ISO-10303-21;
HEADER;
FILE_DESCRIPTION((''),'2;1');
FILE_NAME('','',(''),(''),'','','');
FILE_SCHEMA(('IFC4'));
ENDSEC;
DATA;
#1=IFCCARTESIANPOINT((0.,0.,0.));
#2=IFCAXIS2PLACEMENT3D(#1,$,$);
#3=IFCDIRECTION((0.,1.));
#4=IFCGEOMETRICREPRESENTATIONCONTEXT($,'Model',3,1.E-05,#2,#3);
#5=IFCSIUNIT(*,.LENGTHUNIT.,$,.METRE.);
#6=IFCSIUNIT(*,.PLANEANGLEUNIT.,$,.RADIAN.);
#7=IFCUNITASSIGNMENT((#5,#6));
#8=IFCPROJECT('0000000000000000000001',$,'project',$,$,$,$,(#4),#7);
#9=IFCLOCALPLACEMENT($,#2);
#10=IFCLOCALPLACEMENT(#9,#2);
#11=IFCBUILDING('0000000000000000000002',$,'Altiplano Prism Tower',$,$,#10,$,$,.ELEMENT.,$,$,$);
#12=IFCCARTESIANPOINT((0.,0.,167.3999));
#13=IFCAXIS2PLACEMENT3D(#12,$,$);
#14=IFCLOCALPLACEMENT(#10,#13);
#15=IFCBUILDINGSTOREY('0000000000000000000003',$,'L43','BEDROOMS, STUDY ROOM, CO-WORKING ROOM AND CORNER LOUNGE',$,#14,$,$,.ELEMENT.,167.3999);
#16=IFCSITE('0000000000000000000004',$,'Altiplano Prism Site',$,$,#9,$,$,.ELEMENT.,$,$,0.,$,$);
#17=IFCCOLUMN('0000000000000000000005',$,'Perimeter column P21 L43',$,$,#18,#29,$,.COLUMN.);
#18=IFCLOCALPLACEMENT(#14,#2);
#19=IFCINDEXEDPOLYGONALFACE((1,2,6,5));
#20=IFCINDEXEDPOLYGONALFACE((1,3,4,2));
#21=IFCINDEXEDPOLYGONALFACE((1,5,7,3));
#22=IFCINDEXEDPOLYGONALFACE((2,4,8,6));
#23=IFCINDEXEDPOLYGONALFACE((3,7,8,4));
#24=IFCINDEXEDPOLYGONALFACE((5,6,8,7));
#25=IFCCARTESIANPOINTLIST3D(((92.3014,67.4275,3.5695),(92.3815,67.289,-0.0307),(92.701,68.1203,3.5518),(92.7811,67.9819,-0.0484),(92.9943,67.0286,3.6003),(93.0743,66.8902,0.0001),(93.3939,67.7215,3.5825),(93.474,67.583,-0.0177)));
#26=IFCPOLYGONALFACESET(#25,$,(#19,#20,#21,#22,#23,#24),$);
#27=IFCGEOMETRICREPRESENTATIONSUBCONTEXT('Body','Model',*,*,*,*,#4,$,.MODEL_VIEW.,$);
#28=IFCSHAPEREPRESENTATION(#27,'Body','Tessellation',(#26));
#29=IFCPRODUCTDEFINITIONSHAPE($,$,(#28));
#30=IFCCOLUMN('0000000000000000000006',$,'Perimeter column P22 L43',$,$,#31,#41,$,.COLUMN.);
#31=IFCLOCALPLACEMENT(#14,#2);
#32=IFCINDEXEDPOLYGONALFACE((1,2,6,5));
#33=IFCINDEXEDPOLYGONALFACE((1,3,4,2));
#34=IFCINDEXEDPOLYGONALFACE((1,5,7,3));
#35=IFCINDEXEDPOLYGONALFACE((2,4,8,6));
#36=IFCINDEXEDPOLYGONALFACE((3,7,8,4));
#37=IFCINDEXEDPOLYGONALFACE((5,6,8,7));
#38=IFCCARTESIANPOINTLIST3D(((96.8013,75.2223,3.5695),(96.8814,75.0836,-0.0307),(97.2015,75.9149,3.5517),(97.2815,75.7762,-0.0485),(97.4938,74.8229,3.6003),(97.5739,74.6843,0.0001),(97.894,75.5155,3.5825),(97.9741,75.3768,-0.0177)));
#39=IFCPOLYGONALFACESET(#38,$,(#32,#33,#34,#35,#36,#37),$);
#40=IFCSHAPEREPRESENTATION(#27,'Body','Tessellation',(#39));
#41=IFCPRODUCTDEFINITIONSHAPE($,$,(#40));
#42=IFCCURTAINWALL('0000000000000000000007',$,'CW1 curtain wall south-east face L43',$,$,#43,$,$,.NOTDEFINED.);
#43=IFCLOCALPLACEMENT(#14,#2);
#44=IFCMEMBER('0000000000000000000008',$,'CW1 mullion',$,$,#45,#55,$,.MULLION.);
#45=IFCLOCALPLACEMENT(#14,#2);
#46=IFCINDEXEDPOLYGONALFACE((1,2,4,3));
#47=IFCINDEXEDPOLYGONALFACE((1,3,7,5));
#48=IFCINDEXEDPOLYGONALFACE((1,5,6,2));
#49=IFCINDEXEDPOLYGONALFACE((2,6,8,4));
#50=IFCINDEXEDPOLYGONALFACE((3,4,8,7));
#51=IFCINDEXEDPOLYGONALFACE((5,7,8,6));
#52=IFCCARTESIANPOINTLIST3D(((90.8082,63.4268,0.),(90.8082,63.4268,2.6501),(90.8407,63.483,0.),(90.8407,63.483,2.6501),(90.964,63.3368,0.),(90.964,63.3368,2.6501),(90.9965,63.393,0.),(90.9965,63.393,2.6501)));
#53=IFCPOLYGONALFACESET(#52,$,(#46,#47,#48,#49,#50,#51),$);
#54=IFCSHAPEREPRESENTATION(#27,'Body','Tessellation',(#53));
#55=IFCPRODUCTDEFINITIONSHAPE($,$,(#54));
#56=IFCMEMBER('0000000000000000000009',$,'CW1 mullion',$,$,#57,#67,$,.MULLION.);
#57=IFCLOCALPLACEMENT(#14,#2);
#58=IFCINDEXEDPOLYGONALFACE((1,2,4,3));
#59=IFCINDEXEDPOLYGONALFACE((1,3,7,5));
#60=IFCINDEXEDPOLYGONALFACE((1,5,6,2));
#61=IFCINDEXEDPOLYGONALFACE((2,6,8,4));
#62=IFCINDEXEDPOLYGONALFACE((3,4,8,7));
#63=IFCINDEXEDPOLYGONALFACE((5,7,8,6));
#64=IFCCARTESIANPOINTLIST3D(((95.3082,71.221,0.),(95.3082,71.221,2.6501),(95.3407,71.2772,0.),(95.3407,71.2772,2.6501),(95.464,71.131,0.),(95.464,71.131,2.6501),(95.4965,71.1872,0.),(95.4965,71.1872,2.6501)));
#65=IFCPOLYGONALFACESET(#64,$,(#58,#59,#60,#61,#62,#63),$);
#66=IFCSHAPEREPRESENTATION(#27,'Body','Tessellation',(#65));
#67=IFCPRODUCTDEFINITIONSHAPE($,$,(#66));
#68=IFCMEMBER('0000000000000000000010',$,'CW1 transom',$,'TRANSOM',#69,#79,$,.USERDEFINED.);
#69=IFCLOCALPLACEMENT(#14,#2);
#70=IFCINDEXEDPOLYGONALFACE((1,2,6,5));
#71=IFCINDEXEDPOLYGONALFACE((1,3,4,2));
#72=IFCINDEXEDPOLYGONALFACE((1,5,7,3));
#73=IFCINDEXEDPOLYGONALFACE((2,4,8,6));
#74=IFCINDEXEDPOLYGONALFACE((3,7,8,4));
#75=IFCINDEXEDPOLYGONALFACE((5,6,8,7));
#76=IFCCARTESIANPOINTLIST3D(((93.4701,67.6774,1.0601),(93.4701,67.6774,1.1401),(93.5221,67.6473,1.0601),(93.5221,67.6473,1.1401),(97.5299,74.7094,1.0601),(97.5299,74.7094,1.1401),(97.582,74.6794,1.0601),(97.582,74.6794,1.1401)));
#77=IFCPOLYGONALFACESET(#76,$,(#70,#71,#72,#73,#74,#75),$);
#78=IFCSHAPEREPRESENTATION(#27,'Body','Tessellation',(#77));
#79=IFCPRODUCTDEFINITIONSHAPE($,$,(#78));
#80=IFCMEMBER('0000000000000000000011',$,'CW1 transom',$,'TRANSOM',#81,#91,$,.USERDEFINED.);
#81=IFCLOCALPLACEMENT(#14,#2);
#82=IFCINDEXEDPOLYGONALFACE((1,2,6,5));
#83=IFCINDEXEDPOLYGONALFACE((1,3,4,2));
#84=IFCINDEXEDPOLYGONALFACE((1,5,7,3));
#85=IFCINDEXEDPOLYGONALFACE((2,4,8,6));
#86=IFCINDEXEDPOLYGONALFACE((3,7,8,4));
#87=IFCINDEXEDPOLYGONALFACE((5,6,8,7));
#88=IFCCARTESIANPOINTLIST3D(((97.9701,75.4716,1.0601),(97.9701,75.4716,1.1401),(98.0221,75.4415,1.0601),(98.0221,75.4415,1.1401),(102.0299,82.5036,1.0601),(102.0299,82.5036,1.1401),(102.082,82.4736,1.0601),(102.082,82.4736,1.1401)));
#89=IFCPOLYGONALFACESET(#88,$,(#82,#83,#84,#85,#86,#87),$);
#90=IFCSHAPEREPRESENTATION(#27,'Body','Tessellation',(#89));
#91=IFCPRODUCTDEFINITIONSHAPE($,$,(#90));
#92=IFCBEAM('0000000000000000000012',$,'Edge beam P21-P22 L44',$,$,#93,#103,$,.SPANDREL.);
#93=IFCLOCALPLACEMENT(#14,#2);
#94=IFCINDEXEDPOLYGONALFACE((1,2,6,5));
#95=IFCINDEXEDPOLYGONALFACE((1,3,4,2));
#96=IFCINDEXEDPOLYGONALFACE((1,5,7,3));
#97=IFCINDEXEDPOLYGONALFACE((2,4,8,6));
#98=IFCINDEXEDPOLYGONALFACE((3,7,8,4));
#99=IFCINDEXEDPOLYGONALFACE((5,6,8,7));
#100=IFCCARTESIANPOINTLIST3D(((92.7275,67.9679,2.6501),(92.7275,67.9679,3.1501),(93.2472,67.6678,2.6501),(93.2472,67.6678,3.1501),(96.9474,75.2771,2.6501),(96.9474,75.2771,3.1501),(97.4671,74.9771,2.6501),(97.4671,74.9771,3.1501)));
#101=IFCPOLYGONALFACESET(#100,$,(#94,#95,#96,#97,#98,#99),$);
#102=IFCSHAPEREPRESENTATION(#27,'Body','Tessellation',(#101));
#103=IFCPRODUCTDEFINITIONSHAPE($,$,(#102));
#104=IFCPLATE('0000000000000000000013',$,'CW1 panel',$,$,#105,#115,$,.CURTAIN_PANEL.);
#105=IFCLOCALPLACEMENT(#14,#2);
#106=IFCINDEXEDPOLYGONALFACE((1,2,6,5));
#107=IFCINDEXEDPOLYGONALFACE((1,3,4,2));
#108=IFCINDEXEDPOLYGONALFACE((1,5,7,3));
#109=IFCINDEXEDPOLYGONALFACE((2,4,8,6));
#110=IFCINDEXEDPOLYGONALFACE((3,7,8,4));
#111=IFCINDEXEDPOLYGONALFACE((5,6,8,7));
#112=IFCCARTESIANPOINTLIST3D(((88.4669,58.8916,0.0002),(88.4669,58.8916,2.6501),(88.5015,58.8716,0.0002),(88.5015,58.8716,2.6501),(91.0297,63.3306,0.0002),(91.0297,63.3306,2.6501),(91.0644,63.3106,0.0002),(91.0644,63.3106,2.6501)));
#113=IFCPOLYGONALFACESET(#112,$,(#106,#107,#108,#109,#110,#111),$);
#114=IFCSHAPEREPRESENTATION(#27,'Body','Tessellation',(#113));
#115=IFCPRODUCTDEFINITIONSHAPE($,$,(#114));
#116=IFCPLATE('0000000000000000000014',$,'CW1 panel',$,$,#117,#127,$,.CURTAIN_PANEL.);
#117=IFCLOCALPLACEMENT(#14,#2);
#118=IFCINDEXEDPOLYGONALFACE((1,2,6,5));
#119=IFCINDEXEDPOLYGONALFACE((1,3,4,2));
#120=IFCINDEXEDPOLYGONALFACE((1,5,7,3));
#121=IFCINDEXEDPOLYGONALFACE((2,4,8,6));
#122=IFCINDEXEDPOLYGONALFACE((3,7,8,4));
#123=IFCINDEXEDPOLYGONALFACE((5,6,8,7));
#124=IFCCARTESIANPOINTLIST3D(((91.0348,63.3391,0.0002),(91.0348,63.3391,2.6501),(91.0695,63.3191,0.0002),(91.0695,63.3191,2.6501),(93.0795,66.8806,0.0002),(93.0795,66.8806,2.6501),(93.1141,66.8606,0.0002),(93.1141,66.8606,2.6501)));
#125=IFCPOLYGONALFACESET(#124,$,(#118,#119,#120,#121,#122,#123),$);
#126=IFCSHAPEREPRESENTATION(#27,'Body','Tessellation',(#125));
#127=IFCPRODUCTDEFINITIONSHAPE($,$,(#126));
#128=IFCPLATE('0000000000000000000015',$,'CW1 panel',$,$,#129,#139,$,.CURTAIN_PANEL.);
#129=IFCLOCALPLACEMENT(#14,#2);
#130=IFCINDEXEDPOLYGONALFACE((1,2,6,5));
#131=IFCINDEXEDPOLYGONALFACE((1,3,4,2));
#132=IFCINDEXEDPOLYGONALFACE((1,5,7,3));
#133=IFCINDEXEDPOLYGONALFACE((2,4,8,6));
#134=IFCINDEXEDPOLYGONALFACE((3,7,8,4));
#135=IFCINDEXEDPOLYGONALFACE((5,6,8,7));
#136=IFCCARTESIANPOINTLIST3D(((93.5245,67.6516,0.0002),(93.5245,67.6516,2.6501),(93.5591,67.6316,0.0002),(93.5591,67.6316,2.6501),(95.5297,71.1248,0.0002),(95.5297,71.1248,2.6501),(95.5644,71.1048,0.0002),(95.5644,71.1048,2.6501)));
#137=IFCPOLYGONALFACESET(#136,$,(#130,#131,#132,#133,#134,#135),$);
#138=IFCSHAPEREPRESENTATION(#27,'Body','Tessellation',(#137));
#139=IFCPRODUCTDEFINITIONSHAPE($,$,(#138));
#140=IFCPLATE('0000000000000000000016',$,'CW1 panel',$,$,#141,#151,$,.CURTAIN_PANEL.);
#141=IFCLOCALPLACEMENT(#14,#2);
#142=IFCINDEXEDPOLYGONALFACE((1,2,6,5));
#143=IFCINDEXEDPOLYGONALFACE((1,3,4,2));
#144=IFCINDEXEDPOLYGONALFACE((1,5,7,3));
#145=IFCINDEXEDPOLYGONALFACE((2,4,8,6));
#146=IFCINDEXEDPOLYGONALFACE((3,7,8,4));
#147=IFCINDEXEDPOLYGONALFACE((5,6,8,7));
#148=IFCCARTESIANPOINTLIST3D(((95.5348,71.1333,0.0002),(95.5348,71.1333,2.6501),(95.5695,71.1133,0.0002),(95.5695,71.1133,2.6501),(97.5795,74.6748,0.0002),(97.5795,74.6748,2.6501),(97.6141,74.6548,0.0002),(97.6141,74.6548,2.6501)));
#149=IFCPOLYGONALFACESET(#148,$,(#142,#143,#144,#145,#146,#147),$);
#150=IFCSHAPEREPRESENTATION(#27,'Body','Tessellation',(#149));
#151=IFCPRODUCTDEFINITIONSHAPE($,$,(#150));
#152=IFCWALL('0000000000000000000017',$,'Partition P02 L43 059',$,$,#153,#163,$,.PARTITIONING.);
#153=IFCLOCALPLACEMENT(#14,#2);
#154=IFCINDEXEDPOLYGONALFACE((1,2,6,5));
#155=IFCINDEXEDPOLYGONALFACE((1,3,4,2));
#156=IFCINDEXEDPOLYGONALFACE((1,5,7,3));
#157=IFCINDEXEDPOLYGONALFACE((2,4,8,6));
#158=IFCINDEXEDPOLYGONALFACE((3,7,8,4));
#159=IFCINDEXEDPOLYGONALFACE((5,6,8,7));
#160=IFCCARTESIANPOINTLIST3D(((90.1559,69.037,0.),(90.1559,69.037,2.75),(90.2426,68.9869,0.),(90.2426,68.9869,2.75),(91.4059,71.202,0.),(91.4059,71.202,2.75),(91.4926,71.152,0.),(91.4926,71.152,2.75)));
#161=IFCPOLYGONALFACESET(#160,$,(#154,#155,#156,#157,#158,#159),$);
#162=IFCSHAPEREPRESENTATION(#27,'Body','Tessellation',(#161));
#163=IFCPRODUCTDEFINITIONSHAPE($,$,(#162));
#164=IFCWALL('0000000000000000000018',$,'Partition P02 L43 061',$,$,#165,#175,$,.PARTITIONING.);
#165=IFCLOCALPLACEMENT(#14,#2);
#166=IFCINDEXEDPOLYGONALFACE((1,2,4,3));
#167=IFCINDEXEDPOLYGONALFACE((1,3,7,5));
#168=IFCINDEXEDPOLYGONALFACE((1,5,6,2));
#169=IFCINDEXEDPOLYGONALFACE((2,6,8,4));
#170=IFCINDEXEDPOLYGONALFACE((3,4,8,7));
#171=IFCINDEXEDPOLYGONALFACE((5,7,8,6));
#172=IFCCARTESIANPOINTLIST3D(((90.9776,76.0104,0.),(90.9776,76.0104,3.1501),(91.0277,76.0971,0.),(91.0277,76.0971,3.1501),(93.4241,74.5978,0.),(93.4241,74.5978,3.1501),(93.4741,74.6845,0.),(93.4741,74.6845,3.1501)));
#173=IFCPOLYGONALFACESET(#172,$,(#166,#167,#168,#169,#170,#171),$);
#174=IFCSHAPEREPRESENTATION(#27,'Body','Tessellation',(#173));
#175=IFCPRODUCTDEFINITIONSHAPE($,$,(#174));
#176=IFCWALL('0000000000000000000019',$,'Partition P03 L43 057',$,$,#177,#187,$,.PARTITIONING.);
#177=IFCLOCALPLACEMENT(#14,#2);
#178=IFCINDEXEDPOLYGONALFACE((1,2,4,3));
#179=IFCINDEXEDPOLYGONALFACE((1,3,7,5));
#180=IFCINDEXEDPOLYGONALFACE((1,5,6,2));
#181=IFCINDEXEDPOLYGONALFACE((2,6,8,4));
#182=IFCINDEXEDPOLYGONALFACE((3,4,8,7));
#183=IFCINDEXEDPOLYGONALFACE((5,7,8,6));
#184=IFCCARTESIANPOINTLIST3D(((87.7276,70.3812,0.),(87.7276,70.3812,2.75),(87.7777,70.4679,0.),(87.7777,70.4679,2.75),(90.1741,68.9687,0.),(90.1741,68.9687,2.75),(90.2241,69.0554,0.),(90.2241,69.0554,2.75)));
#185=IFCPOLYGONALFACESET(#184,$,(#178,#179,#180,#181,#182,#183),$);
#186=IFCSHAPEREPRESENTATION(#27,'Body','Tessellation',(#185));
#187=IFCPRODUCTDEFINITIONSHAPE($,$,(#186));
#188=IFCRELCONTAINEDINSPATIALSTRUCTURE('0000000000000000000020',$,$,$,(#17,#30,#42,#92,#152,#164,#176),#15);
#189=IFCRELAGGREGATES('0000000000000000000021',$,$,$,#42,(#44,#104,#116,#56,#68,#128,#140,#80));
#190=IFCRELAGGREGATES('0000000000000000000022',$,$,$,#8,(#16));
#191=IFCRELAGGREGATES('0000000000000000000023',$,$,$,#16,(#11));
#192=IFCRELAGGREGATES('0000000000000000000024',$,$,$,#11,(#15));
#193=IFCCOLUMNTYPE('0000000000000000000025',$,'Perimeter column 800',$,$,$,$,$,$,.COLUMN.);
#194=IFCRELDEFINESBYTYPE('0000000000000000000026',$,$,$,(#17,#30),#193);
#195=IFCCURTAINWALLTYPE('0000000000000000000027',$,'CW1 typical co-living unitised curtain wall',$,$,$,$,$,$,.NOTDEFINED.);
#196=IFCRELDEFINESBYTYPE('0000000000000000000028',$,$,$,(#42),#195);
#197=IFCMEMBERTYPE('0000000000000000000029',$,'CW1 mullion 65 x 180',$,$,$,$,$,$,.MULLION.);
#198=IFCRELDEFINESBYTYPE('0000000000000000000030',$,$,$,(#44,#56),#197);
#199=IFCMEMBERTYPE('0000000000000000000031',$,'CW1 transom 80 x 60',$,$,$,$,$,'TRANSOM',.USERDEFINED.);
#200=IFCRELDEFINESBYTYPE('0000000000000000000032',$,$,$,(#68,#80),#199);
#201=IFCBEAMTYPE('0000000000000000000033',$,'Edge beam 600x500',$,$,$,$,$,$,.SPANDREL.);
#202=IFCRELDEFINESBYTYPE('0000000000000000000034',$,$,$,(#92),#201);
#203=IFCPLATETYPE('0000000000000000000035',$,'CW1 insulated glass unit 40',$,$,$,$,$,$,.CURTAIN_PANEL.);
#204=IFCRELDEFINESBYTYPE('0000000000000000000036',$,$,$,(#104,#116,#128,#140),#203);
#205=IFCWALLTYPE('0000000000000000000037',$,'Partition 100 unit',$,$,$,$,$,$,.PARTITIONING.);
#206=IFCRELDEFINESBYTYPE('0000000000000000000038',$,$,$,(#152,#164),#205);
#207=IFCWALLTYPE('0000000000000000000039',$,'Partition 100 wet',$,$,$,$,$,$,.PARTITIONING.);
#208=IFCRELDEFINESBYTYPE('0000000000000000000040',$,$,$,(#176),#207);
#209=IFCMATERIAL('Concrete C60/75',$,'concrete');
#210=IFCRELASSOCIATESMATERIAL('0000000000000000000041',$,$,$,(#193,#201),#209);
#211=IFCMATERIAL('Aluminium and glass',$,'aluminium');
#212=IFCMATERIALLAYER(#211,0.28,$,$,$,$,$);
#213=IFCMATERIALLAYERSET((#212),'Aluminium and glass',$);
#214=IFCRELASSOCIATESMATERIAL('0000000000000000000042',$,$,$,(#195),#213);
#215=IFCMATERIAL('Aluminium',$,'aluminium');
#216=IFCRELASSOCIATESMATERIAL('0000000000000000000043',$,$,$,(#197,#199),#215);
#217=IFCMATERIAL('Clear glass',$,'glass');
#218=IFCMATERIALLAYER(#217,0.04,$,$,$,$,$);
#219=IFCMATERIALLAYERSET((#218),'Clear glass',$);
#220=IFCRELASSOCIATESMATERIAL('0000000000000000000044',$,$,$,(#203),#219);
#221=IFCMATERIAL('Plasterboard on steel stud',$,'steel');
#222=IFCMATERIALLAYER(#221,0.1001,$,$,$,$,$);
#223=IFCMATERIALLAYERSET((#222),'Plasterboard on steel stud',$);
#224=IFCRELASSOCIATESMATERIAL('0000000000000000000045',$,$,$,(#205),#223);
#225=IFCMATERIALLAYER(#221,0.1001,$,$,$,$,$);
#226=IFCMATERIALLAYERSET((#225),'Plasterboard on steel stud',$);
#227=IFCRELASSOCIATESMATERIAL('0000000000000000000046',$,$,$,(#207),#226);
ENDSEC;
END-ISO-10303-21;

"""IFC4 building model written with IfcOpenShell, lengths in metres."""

from ifc_helpers import new_model, si_unit, direction, frame, frame_2d, origin, origin_2d, place, context, subcontext, project, spatial, rectangle, extrude, material, layer, layer_set, material_profile, profile_set, type_object, element, aggregate, save


model = new_model("IFC4")

# Units and contexts
model_context = context("Model", 3, precision=1e-05, world=origin(), true_north=direction((0.0, 1.0)))
body_context = subcontext(model_context, "Body", "Model", "MODEL_VIEW")
ifc_project = project(units=[si_unit("LENGTHUNIT", "METRE"), si_unit("PLANEANGLEUNIT", "RADIAN")], contexts=[model_context])

# Site, building, storey
site_placement = place(None, origin())
site = spatial("IfcSite", under=ifc_project, at=site_placement, Name="Altiplano Prism Site", CompositionType="ELEMENT", RefElevation=0.0)
building_placement = place(site_placement, origin())
building = spatial("IfcBuilding", under=site, at=building_placement, Name="Altiplano Prism Tower", CompositionType="ELEMENT")
storey_placement = place(building_placement, frame((0.0, 0.0, 167.3999)))
storey = spatial("IfcBuildingStorey", under=building, at=storey_placement, Name="L43", Description="BEDROOMS, STUDY ROOM, CO-WORKING ROOM AND CORNER LOUNGE", CompositionType="ELEMENT", Elevation=167.3999)

# Columns
ifc_material_1 = material(Name="Concrete C60/75", Category="concrete")
ifc_material_profile_1 = material_profile(ifc_material_1, rectangle(XDim=0.8, YDim=0.8, at=origin_2d()), Name="Perimeter column 800")
ifc_profile_set_1 = profile_set([ifc_material_profile_1], Name="Concrete C60/75")
column_type = type_object("IfcColumnType", Name="Perimeter column 800", PredefinedType="COLUMN", material=ifc_profile_set_1)
for number, where, z_axis, x_axis, name in (
    (1, (92.9277, 67.436, -0.0242), (-0.022221, 0.038413, 0.999015), (-0.499513, -0.866022, 0.022189), "Perimeter column P21 L43"),
    (2, (97.4277, 75.2302, -0.0242), (-0.022221, 0.038481, 0.999012), (-0.500175, -0.865639, 0.022218), "Perimeter column P22 L43"),
):
    element("IfcColumn", number, at=place(storey_placement, frame(where, z_axis=z_axis, x_axis=x_axis)), inside=storey, type_object=column_type, Name=name, PredefinedType="COLUMN", context=body_context, shape_type="SweptSolid", body=[
        extrude(rectangle(XDim=0.8, YDim=0.8, at=origin_2d()), origin(), (0.0, 0.0, 1.0), 3.6038),
    ])

# Curtain wall, members
ifc_material_2 = material(Name="Aluminium and glass", Category="aluminium")
ifc_layer_1 = layer(ifc_material_2, 0.28)
ifc_layer_set_1 = layer_set([ifc_layer_1], Name="Aluminium and glass")
curtain_wall_type = type_object("IfcCurtainWallType", Name="CW1 typical co-living unitised curtain wall", PredefinedType="NOTDEFINED", material=ifc_layer_set_1)
curtain_wall_placement = place(storey_placement, origin())
curtain_wall = element("IfcCurtainWall", 3, at=curtain_wall_placement, inside=storey, type_object=curtain_wall_type, Name="CW1 curtain wall south-east face L43", PredefinedType="NOTDEFINED")
ifc_material_3 = material(Name="Aluminium", Category="aluminium")
ifc_material_profile_2 = material_profile(ifc_material_3, rectangle(XDim=0.1799, YDim=0.0649, at=origin_2d()), Name="CW1 mullion 65 x 180")
ifc_profile_set_2 = profile_set([ifc_material_profile_2], Name="Aluminium")
member_type_1 = type_object("IfcMemberType", Name="CW1 mullion 65 x 180", PredefinedType="MULLION", material=ifc_profile_set_2)
member_1_placement = place(storey_placement, frame((90.9023, 63.4099, 0.0), z_axis=(0.0, 0.0, 1.0), x_axis=(-0.866025, 0.5, 0.0)))
member_1 = element("IfcMember", 4, at=member_1_placement, type_object=member_type_1, Name="CW1 mullion", PredefinedType="MULLION", context=body_context, shape_type="SweptSolid", body=[
    extrude(rectangle(XDim=0.1799, YDim=0.0649, at=origin_2d()), origin(), (0.0, 0.0, 1.0), 2.6501),
])
member_2_placement = place(storey_placement, frame((95.4023, 71.2041, 0.0), z_axis=(0.0, 0.0, 1.0), x_axis=(-0.866025, 0.5, 0.0)))
member_2 = element("IfcMember", 5, at=member_2_placement, type_object=member_type_1, Name="CW1 mullion", PredefinedType="MULLION", context=body_context, shape_type="SweptSolid", body=[
    extrude(rectangle(XDim=0.1799, YDim=0.0649, at=origin_2d()), origin(), (0.0, 0.0, 1.0), 2.6501),
])
ifc_material_profile_3 = material_profile(ifc_material_3, rectangle(XDim=0.0601, YDim=0.0801, at=origin_2d()), Name="CW1 transom 80 x 60")
ifc_profile_set_3 = profile_set([ifc_material_profile_3], Name="Aluminium")
member_type_2 = type_object("IfcMemberType", Name="CW1 transom 80 x 60", ElementType="TRANSOM", PredefinedType="USERDEFINED", material=ifc_profile_set_3)
member_3_placement = place(storey_placement, frame((93.4961, 67.6624, 1.1001), z_axis=(0.499991, 0.866031, 0.0), x_axis=(-0.866031, 0.499991, 0.0)))
member_3 = element("IfcMember", 6, at=member_3_placement, type_object=member_type_2, Name="CW1 transom", ObjectType="TRANSOM", PredefinedType="USERDEFINED", context=body_context, shape_type="SweptSolid", body=[
    extrude(rectangle(XDim=0.0601, YDim=0.0801, at=origin_2d()), origin(), (0.0, 0.0, 1.0), 8.1199),
])
member_4_placement = place(storey_placement, frame((97.9961, 75.4565, 1.1001), z_axis=(0.499991, 0.866031, 0.0), x_axis=(-0.866031, 0.499991, 0.0)))
member_4 = element("IfcMember", 7, at=member_4_placement, type_object=member_type_2, Name="CW1 transom", ObjectType="TRANSOM", PredefinedType="USERDEFINED", context=body_context, shape_type="SweptSolid", body=[
    extrude(rectangle(XDim=0.0601, YDim=0.0801, at=origin_2d()), origin(), (0.0, 0.0, 1.0), 8.1199),
])

# Beam
ifc_material_profile_4 = material_profile(ifc_material_1, rectangle(XDim=0.6001, YDim=0.5, at=origin_2d()), Name="Edge beam 600x500")
ifc_profile_set_4 = profile_set([ifc_material_profile_4], Name="Concrete C60/75")
beam_type = type_object("IfcBeamType", Name="Edge beam 600x500", PredefinedType="SPANDREL", material=ifc_profile_set_4)
beam_placement = place(storey_placement, frame((92.9873, 67.8179, 2.9001), z_axis=(0.499994, 0.866029, 0.0), x_axis=(-0.866029, 0.499994, 0.0)))
element("IfcBeam", 8, at=beam_placement, inside=storey, type_object=beam_type, Name="Edge beam P21-P22 L44", PredefinedType="SPANDREL", context=body_context, shape_type="SweptSolid", body=[
    extrude(rectangle(XDim=0.6001, YDim=0.5, at=origin_2d()), origin(), (0.0, 0.0, 1.0), 8.4399),
])

# Plates
ifc_material_4 = material(Name="Clear glass", Category="glass")
ifc_layer_2 = layer(ifc_material_4, 0.04)
ifc_layer_set_2 = layer_set([ifc_layer_2], Name="Clear glass")
plate_type = type_object("IfcPlateType", Name="CW1 insulated glass unit 40", PredefinedType="CURTAIN_PANEL", material=ifc_layer_set_2)
plate_1_placement = place(storey_placement, frame((89.7656, 61.1011, 0.0002), z_axis=(0.0, 0.0, 1.0), x_axis=(0.5, 0.866025, 0.0)))
plate_1 = element("IfcPlate", 9, at=plate_1_placement, type_object=plate_type, Name="CW1 panel", PredefinedType="CURTAIN_PANEL", context=body_context, shape_type="SweptSolid", body=[
    extrude(rectangle(XDim=5.1257, YDim=0.04, at=origin_2d()), origin(), (0.0, 0.0, 1.0), 2.6499),
])
plate_2_placement = place(storey_placement, frame((92.0745, 65.0999, 0.0002), z_axis=(0.0, 0.0, 1.0), x_axis=(0.5, 0.866025, 0.0)))
plate_2 = element("IfcPlate", 10, at=plate_2_placement, type_object=plate_type, Name="CW1 panel", PredefinedType="CURTAIN_PANEL", context=body_context, shape_type="SweptSolid", body=[
    extrude(rectangle(XDim=4.0894, YDim=0.04, at=origin_2d()), origin(), (0.0, 0.0, 1.0), 2.6499),
])
plate_3_placement = place(storey_placement, frame((94.5444, 69.3782, 0.0002), z_axis=(0.0, 0.0, 1.0), x_axis=(0.5, 0.866025, 0.0)))
plate_3 = element("IfcPlate", 11, at=plate_3_placement, type_object=plate_type, Name="CW1 panel", PredefinedType="CURTAIN_PANEL", context=body_context, shape_type="SweptSolid", body=[
    extrude(rectangle(XDim=4.0105, YDim=0.04, at=origin_2d()), origin(), (0.0, 0.0, 1.0), 2.6499),
])
plate_4_placement = place(storey_placement, frame((96.5745, 72.894, 0.0002), z_axis=(0.0, 0.0, 1.0), x_axis=(0.5, 0.866025, 0.0)))
plate_4 = element("IfcPlate", 12, at=plate_4_placement, type_object=plate_type, Name="CW1 panel", PredefinedType="CURTAIN_PANEL", context=body_context, shape_type="SweptSolid", body=[
    extrude(rectangle(XDim=4.0894, YDim=0.04, at=origin_2d()), origin(), (0.0, 0.0, 1.0), 2.6499),
])
aggregate(curtain_wall, [member_1, plate_1, plate_2, member_2, member_3, plate_3, plate_4, member_4])

# Walls
ifc_material_5 = material(Name="Plasterboard on steel stud", Category="steel")
ifc_layer_3 = layer(ifc_material_5, 0.1001)
ifc_layer_set_3 = layer_set([ifc_layer_3], Name="Plasterboard on steel stud")
wall_type_1 = type_object("IfcWallType", Name="Partition 100 unit", PredefinedType="PARTITIONING", material=ifc_layer_set_3)
wall_1_placement = place(storey_placement, frame((91.4492, 71.177, 0.0), z_axis=(0.0, 0.0, 1.0), x_axis=(-0.500004, -0.866023, 0.0)))
element("IfcWall", 13, at=wall_1_placement, inside=storey, type_object=wall_type_1, Name="Partition P02 L43 059", PredefinedType="PARTITIONING", context=body_context, shape_type="SweptSolid", body=[
    extrude(rectangle(XDim=2.5, YDim=0.1001, at=frame_2d((1.25, 0.0))), origin(), (0.0, 0.0, 1.0), 2.75),
])
wall_2_placement = place(storey_placement, frame((93.4492, 74.6411, 0.0), z_axis=(0.0, 0.0, 1.0), x_axis=(-0.866011, 0.500024, 0.0)))
element("IfcWall", 14, at=wall_2_placement, inside=storey, type_object=wall_type_1, Name="Partition P02 L43 061", PredefinedType="PARTITIONING", context=body_context, shape_type="SweptSolid", body=[
    extrude(rectangle(XDim=2.825, YDim=0.1001, at=frame_2d((1.4126, 0.0))), origin(), (0.0, 0.0, 1.0), 3.1501),
])
ifc_layer_4 = layer(ifc_material_5, 0.1001)
ifc_layer_set_4 = layer_set([ifc_layer_4], Name="Plasterboard on steel stud")
wall_type_2 = type_object("IfcWallType", Name="Partition 100 wet", PredefinedType="PARTITIONING", material=ifc_layer_set_4)
wall_3_placement = place(storey_placement, frame((90.1992, 69.012, 0.0), z_axis=(0.0, 0.0, 1.0), x_axis=(-0.866011, 0.500024, 0.0)))
element("IfcWall", 15, at=wall_3_placement, inside=storey, type_object=wall_type_2, Name="Partition P03 L43 057", PredefinedType="PARTITIONING", context=body_context, shape_type="SweptSolid", body=[
    extrude(rectangle(XDim=2.825, YDim=0.1001, at=frame_2d((1.4126, 0.0))), origin(), (0.0, 0.0, 1.0), 2.75),
])

save(model, "model.ifc")
